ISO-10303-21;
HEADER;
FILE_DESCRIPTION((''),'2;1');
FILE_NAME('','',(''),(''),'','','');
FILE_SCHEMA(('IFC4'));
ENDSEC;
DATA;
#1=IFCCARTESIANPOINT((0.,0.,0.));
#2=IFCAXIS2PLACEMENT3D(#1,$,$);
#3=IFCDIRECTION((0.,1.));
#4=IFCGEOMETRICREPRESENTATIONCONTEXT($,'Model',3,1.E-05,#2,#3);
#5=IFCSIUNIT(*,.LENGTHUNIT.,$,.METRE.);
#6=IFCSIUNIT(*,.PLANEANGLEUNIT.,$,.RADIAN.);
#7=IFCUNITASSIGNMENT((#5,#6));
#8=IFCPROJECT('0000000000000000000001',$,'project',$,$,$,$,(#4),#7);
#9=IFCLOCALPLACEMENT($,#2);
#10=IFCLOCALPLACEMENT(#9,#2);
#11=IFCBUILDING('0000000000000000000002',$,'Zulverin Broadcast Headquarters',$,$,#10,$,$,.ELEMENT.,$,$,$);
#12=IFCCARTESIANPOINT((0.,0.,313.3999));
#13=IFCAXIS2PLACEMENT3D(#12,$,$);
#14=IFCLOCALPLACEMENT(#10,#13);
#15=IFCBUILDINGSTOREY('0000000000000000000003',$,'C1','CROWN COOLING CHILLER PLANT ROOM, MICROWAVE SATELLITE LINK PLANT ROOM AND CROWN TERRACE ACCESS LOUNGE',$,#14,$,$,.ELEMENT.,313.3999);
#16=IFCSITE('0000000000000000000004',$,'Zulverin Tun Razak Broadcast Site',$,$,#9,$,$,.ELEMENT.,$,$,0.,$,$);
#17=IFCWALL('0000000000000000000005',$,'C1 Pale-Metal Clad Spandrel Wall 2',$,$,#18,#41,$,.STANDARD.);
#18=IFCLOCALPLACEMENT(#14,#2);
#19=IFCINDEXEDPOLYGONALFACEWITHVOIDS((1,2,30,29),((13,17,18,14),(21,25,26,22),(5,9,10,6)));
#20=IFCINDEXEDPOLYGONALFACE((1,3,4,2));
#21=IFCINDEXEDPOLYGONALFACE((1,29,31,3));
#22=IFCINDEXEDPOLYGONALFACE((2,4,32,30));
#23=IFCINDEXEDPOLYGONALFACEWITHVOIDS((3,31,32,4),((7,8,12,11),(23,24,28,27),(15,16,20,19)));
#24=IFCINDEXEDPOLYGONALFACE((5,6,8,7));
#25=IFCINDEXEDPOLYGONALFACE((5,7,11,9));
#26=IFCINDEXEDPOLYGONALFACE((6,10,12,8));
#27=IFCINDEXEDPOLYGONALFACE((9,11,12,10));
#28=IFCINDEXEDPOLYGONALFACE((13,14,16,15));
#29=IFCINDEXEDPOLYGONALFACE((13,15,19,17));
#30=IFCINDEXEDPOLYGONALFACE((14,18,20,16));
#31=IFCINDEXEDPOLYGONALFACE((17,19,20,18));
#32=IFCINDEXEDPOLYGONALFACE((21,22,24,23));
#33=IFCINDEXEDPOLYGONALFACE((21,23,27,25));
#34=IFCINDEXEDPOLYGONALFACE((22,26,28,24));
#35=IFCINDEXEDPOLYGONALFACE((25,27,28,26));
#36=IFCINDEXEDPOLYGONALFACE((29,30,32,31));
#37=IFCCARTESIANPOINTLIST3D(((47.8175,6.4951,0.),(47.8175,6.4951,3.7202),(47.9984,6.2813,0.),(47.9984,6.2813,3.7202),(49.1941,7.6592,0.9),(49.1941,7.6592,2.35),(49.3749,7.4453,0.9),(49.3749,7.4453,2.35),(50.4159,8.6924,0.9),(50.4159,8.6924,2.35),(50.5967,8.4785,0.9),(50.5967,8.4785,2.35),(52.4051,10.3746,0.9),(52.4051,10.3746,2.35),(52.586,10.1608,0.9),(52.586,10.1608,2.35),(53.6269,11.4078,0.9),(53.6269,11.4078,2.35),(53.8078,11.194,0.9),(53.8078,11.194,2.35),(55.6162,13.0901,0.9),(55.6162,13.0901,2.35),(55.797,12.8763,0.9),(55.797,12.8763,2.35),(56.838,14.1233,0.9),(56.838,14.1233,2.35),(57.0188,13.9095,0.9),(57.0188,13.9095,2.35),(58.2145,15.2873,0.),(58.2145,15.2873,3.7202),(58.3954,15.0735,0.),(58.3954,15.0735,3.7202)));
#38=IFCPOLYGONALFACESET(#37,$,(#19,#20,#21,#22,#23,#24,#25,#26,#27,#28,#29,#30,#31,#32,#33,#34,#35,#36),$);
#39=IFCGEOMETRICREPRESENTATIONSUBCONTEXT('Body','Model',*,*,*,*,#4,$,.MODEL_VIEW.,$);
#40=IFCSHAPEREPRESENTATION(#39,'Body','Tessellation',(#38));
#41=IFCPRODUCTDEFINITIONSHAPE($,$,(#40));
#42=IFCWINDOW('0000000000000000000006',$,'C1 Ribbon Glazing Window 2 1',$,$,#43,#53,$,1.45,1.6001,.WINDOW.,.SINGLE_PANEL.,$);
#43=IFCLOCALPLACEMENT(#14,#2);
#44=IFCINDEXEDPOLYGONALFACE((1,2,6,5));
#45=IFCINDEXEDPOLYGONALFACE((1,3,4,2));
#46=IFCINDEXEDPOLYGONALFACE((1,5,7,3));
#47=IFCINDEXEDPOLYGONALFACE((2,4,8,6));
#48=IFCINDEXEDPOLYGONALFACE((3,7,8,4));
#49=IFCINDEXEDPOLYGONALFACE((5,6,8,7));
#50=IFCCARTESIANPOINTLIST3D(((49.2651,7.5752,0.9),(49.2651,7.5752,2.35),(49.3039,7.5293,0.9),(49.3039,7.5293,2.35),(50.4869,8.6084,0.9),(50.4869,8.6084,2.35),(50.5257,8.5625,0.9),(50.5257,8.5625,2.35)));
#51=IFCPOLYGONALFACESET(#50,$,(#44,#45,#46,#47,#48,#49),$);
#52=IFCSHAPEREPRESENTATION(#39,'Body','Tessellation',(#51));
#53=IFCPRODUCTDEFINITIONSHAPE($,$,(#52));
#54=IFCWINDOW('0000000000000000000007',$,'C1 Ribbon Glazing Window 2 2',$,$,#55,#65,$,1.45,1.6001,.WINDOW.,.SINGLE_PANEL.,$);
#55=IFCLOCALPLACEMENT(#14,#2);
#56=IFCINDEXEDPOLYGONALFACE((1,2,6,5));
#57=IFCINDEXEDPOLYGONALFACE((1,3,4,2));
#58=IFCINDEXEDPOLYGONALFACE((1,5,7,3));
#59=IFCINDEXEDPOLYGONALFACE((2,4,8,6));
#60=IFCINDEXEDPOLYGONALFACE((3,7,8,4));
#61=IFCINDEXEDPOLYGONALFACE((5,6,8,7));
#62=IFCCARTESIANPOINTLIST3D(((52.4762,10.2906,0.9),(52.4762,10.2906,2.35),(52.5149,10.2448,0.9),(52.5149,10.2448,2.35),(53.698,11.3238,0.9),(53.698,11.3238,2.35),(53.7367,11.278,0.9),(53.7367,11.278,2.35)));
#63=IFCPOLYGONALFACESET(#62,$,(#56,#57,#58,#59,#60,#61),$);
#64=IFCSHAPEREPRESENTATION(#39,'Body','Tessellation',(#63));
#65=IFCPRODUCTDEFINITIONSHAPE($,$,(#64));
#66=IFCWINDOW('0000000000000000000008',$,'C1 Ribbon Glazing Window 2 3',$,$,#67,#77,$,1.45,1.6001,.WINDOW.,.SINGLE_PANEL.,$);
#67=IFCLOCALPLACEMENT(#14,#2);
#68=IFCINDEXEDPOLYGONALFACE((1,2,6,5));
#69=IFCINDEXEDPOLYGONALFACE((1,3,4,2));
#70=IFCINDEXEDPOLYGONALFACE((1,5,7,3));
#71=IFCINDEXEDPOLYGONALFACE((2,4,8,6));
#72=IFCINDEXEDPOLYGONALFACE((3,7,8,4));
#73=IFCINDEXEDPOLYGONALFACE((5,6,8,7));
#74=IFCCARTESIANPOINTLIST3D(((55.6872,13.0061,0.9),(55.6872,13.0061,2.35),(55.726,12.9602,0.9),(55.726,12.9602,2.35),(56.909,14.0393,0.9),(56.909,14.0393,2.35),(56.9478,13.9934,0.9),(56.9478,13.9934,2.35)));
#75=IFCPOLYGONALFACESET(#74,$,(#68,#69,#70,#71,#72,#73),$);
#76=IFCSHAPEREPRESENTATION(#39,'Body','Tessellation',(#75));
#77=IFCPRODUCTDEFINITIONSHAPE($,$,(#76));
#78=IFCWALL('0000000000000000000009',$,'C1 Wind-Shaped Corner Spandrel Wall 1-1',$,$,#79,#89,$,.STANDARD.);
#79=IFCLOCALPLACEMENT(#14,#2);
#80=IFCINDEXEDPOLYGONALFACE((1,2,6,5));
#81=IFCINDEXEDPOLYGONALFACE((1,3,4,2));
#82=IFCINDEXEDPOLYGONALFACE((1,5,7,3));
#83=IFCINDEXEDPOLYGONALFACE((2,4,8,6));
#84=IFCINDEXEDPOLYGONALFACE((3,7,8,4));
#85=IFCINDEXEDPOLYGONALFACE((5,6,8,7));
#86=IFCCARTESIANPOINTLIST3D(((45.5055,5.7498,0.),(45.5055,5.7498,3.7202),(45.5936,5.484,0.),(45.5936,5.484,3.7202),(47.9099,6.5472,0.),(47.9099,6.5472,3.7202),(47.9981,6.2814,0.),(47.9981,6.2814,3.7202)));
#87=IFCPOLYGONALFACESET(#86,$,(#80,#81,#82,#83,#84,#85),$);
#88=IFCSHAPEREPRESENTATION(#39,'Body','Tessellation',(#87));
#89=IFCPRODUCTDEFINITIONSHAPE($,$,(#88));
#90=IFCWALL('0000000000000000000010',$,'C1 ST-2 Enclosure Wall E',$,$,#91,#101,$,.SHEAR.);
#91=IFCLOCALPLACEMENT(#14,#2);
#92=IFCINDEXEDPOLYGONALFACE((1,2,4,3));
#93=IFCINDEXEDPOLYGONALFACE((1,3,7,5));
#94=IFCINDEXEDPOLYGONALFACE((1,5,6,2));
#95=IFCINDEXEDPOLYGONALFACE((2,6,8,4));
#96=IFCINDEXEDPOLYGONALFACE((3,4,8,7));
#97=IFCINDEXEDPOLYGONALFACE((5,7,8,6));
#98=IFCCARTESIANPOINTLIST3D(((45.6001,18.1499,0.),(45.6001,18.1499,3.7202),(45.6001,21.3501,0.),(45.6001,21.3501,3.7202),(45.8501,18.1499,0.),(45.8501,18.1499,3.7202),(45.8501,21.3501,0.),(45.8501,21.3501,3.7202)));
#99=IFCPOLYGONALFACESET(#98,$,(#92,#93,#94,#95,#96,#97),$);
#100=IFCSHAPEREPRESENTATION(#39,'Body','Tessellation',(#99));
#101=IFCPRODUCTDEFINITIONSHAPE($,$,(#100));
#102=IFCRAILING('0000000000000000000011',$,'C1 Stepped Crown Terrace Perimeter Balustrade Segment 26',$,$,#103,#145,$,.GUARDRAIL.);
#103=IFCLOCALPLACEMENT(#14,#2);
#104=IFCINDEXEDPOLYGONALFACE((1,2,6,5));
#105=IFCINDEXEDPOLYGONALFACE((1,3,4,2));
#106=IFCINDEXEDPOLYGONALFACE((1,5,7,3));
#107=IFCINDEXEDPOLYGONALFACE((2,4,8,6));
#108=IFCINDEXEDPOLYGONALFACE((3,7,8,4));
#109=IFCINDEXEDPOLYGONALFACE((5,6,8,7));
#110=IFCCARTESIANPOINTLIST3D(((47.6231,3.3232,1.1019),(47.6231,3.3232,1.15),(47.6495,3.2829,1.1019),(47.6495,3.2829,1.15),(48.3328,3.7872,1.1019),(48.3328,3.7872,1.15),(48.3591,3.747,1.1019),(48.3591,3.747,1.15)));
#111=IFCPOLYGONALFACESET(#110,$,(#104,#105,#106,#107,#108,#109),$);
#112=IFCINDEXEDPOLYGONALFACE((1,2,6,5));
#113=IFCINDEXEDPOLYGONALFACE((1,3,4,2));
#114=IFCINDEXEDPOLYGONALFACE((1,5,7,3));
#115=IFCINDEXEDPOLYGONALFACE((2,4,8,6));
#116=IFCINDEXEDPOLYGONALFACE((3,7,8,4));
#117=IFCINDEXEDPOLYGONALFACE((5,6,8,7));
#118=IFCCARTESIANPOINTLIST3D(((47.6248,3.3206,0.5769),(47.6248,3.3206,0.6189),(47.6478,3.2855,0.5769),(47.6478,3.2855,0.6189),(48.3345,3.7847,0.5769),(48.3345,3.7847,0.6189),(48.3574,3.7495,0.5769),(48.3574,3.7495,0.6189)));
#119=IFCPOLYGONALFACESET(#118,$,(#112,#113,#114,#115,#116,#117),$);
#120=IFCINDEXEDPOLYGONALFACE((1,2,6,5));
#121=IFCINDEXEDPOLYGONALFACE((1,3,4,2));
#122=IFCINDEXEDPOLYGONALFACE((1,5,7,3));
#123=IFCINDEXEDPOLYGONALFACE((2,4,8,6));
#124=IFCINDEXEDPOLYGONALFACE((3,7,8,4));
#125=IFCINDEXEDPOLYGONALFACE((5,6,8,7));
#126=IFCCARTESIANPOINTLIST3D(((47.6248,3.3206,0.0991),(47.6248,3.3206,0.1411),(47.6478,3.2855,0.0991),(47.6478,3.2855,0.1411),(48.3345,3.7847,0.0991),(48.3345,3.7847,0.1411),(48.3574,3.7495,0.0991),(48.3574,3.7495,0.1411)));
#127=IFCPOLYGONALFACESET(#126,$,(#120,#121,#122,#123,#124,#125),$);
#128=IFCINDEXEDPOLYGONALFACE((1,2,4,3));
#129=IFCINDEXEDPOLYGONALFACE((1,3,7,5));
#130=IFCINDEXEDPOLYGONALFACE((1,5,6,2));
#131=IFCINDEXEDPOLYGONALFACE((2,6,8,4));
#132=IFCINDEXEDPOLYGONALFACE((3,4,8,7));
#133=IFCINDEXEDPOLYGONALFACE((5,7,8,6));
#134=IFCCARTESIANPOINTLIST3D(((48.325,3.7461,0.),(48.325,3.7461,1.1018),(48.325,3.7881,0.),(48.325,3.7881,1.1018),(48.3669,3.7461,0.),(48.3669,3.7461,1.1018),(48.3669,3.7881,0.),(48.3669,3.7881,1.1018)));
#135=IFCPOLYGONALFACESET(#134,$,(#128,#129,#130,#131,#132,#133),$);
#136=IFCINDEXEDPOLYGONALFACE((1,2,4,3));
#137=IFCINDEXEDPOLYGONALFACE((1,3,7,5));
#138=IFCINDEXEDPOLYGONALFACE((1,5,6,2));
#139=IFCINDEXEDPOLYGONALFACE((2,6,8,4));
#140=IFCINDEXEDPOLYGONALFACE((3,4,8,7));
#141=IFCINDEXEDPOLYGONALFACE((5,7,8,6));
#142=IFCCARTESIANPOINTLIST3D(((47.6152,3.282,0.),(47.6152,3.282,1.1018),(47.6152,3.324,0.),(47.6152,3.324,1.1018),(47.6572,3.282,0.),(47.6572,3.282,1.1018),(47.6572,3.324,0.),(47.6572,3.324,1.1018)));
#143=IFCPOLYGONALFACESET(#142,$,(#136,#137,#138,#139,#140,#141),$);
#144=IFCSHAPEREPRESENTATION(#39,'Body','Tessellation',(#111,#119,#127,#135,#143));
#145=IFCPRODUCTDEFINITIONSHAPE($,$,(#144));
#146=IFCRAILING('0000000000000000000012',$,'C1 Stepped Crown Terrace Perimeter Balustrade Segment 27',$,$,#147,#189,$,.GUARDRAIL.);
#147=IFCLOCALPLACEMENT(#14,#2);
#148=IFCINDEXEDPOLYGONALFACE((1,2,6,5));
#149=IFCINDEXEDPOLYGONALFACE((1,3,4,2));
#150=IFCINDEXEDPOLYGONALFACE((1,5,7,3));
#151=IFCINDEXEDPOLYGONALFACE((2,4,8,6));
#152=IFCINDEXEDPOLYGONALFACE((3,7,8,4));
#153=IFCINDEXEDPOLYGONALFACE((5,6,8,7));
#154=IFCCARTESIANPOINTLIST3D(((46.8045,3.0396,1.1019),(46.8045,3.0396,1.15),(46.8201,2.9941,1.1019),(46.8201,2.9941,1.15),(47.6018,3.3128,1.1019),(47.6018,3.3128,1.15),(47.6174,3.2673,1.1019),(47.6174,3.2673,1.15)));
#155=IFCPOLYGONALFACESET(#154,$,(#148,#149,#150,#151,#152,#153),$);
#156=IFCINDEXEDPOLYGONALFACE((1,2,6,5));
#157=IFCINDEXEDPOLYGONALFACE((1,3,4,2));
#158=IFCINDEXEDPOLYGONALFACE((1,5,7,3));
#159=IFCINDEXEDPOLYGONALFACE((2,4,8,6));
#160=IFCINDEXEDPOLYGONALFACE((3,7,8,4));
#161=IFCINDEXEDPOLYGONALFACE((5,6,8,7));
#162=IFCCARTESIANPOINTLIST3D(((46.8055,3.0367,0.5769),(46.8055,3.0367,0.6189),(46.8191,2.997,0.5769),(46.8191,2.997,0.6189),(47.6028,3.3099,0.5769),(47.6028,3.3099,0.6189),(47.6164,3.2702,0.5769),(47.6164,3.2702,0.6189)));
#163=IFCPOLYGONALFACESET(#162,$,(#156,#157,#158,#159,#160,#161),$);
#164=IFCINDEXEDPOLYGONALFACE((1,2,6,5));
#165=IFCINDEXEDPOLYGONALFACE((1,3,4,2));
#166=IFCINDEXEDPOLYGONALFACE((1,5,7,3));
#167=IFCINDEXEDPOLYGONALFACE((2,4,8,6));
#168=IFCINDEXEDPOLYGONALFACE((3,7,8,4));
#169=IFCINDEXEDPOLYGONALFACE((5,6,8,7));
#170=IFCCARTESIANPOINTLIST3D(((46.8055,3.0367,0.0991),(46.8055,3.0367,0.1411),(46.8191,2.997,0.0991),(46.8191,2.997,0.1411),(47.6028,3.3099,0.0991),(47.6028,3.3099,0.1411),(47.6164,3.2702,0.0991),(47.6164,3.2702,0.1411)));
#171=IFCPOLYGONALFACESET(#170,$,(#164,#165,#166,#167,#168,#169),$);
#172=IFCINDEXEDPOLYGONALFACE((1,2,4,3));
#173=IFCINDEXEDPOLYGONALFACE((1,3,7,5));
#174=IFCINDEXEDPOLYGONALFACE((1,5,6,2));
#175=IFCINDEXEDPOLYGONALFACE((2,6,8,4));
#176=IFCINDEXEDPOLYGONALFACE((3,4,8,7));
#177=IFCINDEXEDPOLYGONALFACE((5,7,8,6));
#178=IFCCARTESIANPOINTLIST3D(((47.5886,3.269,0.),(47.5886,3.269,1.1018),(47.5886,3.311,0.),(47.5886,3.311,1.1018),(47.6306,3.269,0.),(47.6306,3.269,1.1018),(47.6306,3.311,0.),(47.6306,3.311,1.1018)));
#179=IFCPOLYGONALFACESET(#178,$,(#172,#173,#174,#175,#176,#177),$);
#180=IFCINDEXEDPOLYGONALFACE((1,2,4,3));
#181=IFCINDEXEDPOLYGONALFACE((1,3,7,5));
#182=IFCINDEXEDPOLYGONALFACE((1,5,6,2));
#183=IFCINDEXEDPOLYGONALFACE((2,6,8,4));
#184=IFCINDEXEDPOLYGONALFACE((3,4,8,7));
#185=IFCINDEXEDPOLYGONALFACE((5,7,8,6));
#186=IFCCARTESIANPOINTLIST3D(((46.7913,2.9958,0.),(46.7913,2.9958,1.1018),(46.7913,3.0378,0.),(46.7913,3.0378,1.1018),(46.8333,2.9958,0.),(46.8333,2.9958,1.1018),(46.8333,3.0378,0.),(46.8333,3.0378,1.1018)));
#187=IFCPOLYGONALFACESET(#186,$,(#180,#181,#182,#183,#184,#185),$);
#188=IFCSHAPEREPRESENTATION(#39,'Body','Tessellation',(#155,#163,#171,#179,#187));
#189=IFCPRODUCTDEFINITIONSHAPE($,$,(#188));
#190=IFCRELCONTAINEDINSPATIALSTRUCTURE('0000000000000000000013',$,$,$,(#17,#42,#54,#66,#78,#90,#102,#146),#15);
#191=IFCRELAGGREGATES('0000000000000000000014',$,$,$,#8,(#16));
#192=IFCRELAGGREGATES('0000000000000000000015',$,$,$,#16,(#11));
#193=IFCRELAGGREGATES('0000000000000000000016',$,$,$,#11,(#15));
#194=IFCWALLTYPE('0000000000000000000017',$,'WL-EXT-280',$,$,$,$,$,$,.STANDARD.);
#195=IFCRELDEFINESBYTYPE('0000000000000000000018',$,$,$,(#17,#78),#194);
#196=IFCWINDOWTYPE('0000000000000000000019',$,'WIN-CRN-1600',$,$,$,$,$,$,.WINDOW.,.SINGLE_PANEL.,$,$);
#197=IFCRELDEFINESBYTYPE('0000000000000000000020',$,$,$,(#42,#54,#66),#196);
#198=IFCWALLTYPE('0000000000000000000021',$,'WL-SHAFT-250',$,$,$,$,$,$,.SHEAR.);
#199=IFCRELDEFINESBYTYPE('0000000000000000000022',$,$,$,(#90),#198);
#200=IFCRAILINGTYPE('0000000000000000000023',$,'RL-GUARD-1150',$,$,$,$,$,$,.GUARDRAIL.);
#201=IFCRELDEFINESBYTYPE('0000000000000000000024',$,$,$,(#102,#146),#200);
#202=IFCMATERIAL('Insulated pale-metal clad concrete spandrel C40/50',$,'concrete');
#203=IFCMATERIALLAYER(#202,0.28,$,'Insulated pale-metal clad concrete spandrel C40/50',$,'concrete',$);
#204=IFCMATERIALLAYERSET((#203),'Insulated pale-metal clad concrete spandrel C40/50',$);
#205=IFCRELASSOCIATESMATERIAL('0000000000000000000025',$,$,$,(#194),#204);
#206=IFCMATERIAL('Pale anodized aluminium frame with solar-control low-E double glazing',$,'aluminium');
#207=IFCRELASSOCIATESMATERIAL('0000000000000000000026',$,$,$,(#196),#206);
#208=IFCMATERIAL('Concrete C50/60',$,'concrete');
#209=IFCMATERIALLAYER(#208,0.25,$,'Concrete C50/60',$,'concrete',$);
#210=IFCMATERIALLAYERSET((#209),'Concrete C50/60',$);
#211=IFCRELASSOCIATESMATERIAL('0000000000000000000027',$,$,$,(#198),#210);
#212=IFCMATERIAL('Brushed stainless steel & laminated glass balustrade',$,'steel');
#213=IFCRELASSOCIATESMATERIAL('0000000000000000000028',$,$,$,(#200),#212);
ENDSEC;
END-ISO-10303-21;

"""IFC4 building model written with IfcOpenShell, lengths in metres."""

from ifc_helpers import new_model, si_unit, direction, frame, frame_2d, origin, origin_2d, place, context, subcontext, project, spatial, rectangle, extrude, material, layer, layer_set, type_object, element, fill, save


model = new_model("IFC4")

# Units and contexts
model_context = context("Model", 3, precision=1e-05, world=origin(), true_north=direction((0.0, 1.0)))
body_context = subcontext(model_context, "Body", "Model", "MODEL_VIEW")
ifc_project = project(units=[si_unit("LENGTHUNIT", "METRE"), si_unit("PLANEANGLEUNIT", "RADIAN")], contexts=[model_context])

# Site, building, storey
site_placement = place(None, origin())
site = spatial("IfcSite", under=ifc_project, at=site_placement, Name="Zulverin Tun Razak Broadcast Site", CompositionType="ELEMENT", RefElevation=0.0)
building_placement = place(site_placement, origin())
building = spatial("IfcBuilding", under=site, at=building_placement, Name="Zulverin Broadcast Headquarters", CompositionType="ELEMENT")
storey_placement = place(building_placement, frame((0.0, 0.0, 313.3999)))
storey = spatial("IfcBuildingStorey", under=building, at=storey_placement, Name="C1", Description="CROWN COOLING CHILLER PLANT ROOM, MICROWAVE SATELLITE LINK PLANT ROOM AND CROWN TERRACE ACCESS LOUNGE", CompositionType="ELEMENT", Elevation=313.3999)

# Shared definitions
ifc_material_1 = material(Name="Concrete C50/60", Category="concrete")

# Wall, openings, windows
ifc_material_2 = material(Name="Insulated pale-metal clad concrete spandrel C40/50", Category="concrete")
ifc_layer_1 = layer(ifc_material_2, 0.28, Name="Insulated pale-metal clad concrete spandrel C40/50", Category="concrete")
ifc_layer_set_1 = layer_set([ifc_layer_1], Name="Insulated pale-metal clad concrete spandrel C40/50")
wall_type_1 = type_object("IfcWallType", Name="WL-EXT-280", PredefinedType="STANDARD", material=ifc_layer_set_1)
wall_1_placement = place(storey_placement, frame((47.908, 6.3882, 0.0), z_axis=(0.0, 0.0, 1.0), x_axis=(0.763575, 0.64572, 0.0)))
wall_1 = element("IfcWall", 1, at=wall_1_placement, inside=storey, type_object=wall_type_1, Name="C1 Pale-Metal Clad Spandrel Wall 2", PredefinedType="STANDARD", context=body_context, shape_type="SweptSolid", body=[
    extrude(rectangle(XDim=13.6162, YDim=0.28, at=frame_2d((6.8081, 0.0))), origin(), (0.0, 0.0, 1.0), 3.7202),
])
opening_1_placement = place(wall_1_placement, frame((1.8027, 0.0, 0.8999)))
opening_1 = element("IfcOpeningElement", 2, at=opening_1_placement, cuts=wall_1, PredefinedType="OPENING", context=body_context, shape_type="SweptSolid", body=[
    extrude(rectangle(XDim=1.6001, YDim=1.45, at=frame_2d((0.8, 0.7251))), frame((0.0, 0.1499, 0.0), z_axis=(0.0, -1.0, 0.0), x_axis=(1.0, 0.0, 0.0)), (0.0, 0.0, 1.0), 0.3),
])
opening_2_placement = place(wall_1_placement, frame((6.0081, 0.0, 0.8999)))
opening_2 = element("IfcOpeningElement", 3, at=opening_2_placement, cuts=wall_1, PredefinedType="OPENING", context=body_context, shape_type="SweptSolid", body=[
    extrude(rectangle(XDim=1.6001, YDim=1.45, at=frame_2d((0.8, 0.7251))), frame((0.0, 0.1499, 0.0), z_axis=(0.0, -1.0, 0.0), x_axis=(1.0, 0.0, 0.0)), (0.0, 0.0, 1.0), 0.3),
])
opening_3_placement = place(wall_1_placement, frame((10.2134, 0.0, 0.8999)))
opening_3 = element("IfcOpeningElement", 4, at=opening_3_placement, cuts=wall_1, PredefinedType="OPENING", context=body_context, shape_type="SweptSolid", body=[
    extrude(rectangle(XDim=1.6001, YDim=1.45, at=frame_2d((0.8, 0.7251))), frame((0.0, 0.1499, 0.0), z_axis=(0.0, -1.0, 0.0), x_axis=(1.0, 0.0, 0.0)), (0.0, 0.0, 1.0), 0.3),
])
ifc_material_3 = material(Name="Pale anodized aluminium frame with solar-control low-E double glazing", Category="aluminium")
window_type = type_object("IfcWindowType", Name="WIN-CRN-1600", PartitioningType="SINGLE_PANEL", PredefinedType="WINDOW", material=ifc_material_3)
window_1_placement = place(opening_1_placement, origin())
window_1 = element("IfcWindow", 5, at=window_1_placement, inside=storey, type_object=window_type, Name="C1 Ribbon Glazing Window 2 1", OverallHeight=1.45, OverallWidth=1.6001, PartitioningType="SINGLE_PANEL", PredefinedType="WINDOW", context=body_context, shape_type="SweptSolid", body=[
    extrude(rectangle(XDim=1.6001, YDim=1.45, at=frame_2d((0.8, 0.7251))), frame((0.0, 0.03, 0.0), z_axis=(0.0, -1.0, 0.0), x_axis=(1.0, 0.0, 0.0)), (0.0, 0.0, 1.0), 0.0601),
])
fill(opening_1, window_1)
window_2_placement = place(opening_2_placement, origin())
window_2 = element("IfcWindow", 6, at=window_2_placement, inside=storey, type_object=window_type, Name="C1 Ribbon Glazing Window 2 2", OverallHeight=1.45, OverallWidth=1.6001, PartitioningType="SINGLE_PANEL", PredefinedType="WINDOW", context=body_context, shape_type="SweptSolid", body=[
    extrude(rectangle(XDim=1.6001, YDim=1.45, at=frame_2d((0.8, 0.7251))), frame((0.0, 0.03, 0.0), z_axis=(0.0, -1.0, 0.0), x_axis=(1.0, 0.0, 0.0)), (0.0, 0.0, 1.0), 0.0601),
])
fill(opening_2, window_2)
window_3_placement = place(opening_3_placement, origin())
window_3 = element("IfcWindow", 7, at=window_3_placement, inside=storey, type_object=window_type, Name="C1 Ribbon Glazing Window 2 3", OverallHeight=1.45, OverallWidth=1.6001, PartitioningType="SINGLE_PANEL", PredefinedType="WINDOW", context=body_context, shape_type="SweptSolid", body=[
    extrude(rectangle(XDim=1.6001, YDim=1.45, at=frame_2d((0.8, 0.7251))), frame((0.0, 0.03, 0.0), z_axis=(0.0, -1.0, 0.0), x_axis=(1.0, 0.0, 0.0)), (0.0, 0.0, 1.0), 0.0601),
])
fill(opening_3, window_3)

# Walls
wall_2_placement = place(storey_placement, frame((45.5496, 5.6169, 0.0), z_axis=(0.0, 0.0, 1.0), x_axis=(0.949174, 0.314753, 0.0)))
element("IfcWall", 8, at=wall_2_placement, inside=storey, type_object=wall_type_1, Name="C1 Wind-Shaped Corner Spandrel Wall 1-1", PredefinedType="STANDARD", context=body_context, shape_type="SweptSolid", body=[
    extrude(rectangle(XDim=2.5332, YDim=0.28, at=frame_2d((1.2666, 0.0))), origin(), (0.0, 0.0, 1.0), 3.7202),
])
ifc_layer_2 = layer(ifc_material_1, 0.25, Name="Concrete C50/60", Category="concrete")
ifc_layer_set_2 = layer_set([ifc_layer_2], Name="Concrete C50/60")
wall_type_2 = type_object("IfcWallType", Name="WL-SHAFT-250", PredefinedType="SHEAR", material=ifc_layer_set_2)
wall_3_placement = place(storey_placement, frame((45.7251, 18.1499, 0.0), z_axis=(0.0, 0.0, 1.0), x_axis=(0.0, 1.0, 0.0)))
element("IfcWall", 9, at=wall_3_placement, inside=storey, type_object=wall_type_2, Name="C1 ST-2 Enclosure Wall E", PredefinedType="SHEAR", context=body_context, shape_type="SweptSolid", body=[
    extrude(rectangle(XDim=3.2002, YDim=0.25, at=frame_2d((1.6001, 0.0))), origin(), (0.0, 0.0, 1.0), 3.7202),
])

# Railings
ifc_material_4 = material(Name="Brushed stainless steel & laminated glass balustrade", Category="steel")
railing_type = type_object("IfcRailingType", Name="RL-GUARD-1150", PredefinedType="GUARDRAIL", material=ifc_material_4)
railing_1_placement = place(storey_placement, frame((48.3459, 3.7671, 0.0)))
element("IfcRailing", 10, at=railing_1_placement, inside=storey, type_object=railing_type, Name="C1 Stepped Crown Terrace Perimeter Balustrade Segment 26", PredefinedType="GUARDRAIL", context=body_context, shape_type="SweptSolid", body=[
    extrude(rectangle(XDim=0.0481, YDim=0.0481, at=origin_2d()), frame((0.0, 0.0, 1.126), z_axis=(-0.836934, -0.547304, 0.0), x_axis=(0.547304, -0.836934, 0.0)), (0.0, 0.0, 1.0), 0.8479),
    extrude(rectangle(XDim=0.042, YDim=0.042, at=origin_2d()), frame((0.0, 0.0, 0.5979), z_axis=(-0.836934, -0.547304, 0.0), x_axis=(0.547304, -0.836934, 0.0)), (0.0, 0.0, 1.0), 0.8479),
    extrude(rectangle(XDim=0.042, YDim=0.042, at=origin_2d()), frame((0.0, 0.0, 0.1201), z_axis=(-0.836934, -0.547304, 0.0), x_axis=(0.547304, -0.836934, 0.0)), (0.0, 0.0, 1.0), 0.8479),
    extrude(rectangle(XDim=0.042, YDim=0.042, at=origin_2d()), origin(), (0.0, 0.0, 1.0), 1.1018),
    extrude(rectangle(XDim=0.042, YDim=0.042, at=origin_2d()), frame((-0.7097, -0.4641, 0.0)), (0.0, 0.0, 1.0), 1.1018),
])
railing_2_placement = place(storey_placement, frame((47.6096, 3.29, 0.0)))
element("IfcRailing", 11, at=railing_2_placement, inside=storey, type_object=railing_type, Name="C1 Stepped Crown Terrace Perimeter Balustrade Segment 27", PredefinedType="GUARDRAIL", context=body_context, shape_type="SweptSolid", body=[
    extrude(rectangle(XDim=0.0481, YDim=0.0481, at=origin_2d()), frame((0.0, 0.0, 1.126), z_axis=(-0.946014, -0.324124, 0.0), x_axis=(0.324124, -0.946014, 0.0)), (0.0, 0.0, 1.0), 0.8428),
    extrude(rectangle(XDim=0.042, YDim=0.042, at=origin_2d()), frame((0.0, 0.0, 0.5979), z_axis=(-0.946014, -0.324124, 0.0), x_axis=(0.324124, -0.946014, 0.0)), (0.0, 0.0, 1.0), 0.8428),
    extrude(rectangle(XDim=0.042, YDim=0.042, at=origin_2d()), frame((0.0, 0.0, 0.1201), z_axis=(-0.946014, -0.324124, 0.0), x_axis=(0.324124, -0.946014, 0.0)), (0.0, 0.0, 1.0), 0.8428),
    extrude(rectangle(XDim=0.042, YDim=0.042, at=origin_2d()), origin(), (0.0, 0.0, 1.0), 1.1018),
    extrude(rectangle(XDim=0.042, YDim=0.042, at=origin_2d()), frame((-0.7974, -0.2732, 0.0)), (0.0, 0.0, 1.0), 1.1018),
])

save(model, "model.ifc")
